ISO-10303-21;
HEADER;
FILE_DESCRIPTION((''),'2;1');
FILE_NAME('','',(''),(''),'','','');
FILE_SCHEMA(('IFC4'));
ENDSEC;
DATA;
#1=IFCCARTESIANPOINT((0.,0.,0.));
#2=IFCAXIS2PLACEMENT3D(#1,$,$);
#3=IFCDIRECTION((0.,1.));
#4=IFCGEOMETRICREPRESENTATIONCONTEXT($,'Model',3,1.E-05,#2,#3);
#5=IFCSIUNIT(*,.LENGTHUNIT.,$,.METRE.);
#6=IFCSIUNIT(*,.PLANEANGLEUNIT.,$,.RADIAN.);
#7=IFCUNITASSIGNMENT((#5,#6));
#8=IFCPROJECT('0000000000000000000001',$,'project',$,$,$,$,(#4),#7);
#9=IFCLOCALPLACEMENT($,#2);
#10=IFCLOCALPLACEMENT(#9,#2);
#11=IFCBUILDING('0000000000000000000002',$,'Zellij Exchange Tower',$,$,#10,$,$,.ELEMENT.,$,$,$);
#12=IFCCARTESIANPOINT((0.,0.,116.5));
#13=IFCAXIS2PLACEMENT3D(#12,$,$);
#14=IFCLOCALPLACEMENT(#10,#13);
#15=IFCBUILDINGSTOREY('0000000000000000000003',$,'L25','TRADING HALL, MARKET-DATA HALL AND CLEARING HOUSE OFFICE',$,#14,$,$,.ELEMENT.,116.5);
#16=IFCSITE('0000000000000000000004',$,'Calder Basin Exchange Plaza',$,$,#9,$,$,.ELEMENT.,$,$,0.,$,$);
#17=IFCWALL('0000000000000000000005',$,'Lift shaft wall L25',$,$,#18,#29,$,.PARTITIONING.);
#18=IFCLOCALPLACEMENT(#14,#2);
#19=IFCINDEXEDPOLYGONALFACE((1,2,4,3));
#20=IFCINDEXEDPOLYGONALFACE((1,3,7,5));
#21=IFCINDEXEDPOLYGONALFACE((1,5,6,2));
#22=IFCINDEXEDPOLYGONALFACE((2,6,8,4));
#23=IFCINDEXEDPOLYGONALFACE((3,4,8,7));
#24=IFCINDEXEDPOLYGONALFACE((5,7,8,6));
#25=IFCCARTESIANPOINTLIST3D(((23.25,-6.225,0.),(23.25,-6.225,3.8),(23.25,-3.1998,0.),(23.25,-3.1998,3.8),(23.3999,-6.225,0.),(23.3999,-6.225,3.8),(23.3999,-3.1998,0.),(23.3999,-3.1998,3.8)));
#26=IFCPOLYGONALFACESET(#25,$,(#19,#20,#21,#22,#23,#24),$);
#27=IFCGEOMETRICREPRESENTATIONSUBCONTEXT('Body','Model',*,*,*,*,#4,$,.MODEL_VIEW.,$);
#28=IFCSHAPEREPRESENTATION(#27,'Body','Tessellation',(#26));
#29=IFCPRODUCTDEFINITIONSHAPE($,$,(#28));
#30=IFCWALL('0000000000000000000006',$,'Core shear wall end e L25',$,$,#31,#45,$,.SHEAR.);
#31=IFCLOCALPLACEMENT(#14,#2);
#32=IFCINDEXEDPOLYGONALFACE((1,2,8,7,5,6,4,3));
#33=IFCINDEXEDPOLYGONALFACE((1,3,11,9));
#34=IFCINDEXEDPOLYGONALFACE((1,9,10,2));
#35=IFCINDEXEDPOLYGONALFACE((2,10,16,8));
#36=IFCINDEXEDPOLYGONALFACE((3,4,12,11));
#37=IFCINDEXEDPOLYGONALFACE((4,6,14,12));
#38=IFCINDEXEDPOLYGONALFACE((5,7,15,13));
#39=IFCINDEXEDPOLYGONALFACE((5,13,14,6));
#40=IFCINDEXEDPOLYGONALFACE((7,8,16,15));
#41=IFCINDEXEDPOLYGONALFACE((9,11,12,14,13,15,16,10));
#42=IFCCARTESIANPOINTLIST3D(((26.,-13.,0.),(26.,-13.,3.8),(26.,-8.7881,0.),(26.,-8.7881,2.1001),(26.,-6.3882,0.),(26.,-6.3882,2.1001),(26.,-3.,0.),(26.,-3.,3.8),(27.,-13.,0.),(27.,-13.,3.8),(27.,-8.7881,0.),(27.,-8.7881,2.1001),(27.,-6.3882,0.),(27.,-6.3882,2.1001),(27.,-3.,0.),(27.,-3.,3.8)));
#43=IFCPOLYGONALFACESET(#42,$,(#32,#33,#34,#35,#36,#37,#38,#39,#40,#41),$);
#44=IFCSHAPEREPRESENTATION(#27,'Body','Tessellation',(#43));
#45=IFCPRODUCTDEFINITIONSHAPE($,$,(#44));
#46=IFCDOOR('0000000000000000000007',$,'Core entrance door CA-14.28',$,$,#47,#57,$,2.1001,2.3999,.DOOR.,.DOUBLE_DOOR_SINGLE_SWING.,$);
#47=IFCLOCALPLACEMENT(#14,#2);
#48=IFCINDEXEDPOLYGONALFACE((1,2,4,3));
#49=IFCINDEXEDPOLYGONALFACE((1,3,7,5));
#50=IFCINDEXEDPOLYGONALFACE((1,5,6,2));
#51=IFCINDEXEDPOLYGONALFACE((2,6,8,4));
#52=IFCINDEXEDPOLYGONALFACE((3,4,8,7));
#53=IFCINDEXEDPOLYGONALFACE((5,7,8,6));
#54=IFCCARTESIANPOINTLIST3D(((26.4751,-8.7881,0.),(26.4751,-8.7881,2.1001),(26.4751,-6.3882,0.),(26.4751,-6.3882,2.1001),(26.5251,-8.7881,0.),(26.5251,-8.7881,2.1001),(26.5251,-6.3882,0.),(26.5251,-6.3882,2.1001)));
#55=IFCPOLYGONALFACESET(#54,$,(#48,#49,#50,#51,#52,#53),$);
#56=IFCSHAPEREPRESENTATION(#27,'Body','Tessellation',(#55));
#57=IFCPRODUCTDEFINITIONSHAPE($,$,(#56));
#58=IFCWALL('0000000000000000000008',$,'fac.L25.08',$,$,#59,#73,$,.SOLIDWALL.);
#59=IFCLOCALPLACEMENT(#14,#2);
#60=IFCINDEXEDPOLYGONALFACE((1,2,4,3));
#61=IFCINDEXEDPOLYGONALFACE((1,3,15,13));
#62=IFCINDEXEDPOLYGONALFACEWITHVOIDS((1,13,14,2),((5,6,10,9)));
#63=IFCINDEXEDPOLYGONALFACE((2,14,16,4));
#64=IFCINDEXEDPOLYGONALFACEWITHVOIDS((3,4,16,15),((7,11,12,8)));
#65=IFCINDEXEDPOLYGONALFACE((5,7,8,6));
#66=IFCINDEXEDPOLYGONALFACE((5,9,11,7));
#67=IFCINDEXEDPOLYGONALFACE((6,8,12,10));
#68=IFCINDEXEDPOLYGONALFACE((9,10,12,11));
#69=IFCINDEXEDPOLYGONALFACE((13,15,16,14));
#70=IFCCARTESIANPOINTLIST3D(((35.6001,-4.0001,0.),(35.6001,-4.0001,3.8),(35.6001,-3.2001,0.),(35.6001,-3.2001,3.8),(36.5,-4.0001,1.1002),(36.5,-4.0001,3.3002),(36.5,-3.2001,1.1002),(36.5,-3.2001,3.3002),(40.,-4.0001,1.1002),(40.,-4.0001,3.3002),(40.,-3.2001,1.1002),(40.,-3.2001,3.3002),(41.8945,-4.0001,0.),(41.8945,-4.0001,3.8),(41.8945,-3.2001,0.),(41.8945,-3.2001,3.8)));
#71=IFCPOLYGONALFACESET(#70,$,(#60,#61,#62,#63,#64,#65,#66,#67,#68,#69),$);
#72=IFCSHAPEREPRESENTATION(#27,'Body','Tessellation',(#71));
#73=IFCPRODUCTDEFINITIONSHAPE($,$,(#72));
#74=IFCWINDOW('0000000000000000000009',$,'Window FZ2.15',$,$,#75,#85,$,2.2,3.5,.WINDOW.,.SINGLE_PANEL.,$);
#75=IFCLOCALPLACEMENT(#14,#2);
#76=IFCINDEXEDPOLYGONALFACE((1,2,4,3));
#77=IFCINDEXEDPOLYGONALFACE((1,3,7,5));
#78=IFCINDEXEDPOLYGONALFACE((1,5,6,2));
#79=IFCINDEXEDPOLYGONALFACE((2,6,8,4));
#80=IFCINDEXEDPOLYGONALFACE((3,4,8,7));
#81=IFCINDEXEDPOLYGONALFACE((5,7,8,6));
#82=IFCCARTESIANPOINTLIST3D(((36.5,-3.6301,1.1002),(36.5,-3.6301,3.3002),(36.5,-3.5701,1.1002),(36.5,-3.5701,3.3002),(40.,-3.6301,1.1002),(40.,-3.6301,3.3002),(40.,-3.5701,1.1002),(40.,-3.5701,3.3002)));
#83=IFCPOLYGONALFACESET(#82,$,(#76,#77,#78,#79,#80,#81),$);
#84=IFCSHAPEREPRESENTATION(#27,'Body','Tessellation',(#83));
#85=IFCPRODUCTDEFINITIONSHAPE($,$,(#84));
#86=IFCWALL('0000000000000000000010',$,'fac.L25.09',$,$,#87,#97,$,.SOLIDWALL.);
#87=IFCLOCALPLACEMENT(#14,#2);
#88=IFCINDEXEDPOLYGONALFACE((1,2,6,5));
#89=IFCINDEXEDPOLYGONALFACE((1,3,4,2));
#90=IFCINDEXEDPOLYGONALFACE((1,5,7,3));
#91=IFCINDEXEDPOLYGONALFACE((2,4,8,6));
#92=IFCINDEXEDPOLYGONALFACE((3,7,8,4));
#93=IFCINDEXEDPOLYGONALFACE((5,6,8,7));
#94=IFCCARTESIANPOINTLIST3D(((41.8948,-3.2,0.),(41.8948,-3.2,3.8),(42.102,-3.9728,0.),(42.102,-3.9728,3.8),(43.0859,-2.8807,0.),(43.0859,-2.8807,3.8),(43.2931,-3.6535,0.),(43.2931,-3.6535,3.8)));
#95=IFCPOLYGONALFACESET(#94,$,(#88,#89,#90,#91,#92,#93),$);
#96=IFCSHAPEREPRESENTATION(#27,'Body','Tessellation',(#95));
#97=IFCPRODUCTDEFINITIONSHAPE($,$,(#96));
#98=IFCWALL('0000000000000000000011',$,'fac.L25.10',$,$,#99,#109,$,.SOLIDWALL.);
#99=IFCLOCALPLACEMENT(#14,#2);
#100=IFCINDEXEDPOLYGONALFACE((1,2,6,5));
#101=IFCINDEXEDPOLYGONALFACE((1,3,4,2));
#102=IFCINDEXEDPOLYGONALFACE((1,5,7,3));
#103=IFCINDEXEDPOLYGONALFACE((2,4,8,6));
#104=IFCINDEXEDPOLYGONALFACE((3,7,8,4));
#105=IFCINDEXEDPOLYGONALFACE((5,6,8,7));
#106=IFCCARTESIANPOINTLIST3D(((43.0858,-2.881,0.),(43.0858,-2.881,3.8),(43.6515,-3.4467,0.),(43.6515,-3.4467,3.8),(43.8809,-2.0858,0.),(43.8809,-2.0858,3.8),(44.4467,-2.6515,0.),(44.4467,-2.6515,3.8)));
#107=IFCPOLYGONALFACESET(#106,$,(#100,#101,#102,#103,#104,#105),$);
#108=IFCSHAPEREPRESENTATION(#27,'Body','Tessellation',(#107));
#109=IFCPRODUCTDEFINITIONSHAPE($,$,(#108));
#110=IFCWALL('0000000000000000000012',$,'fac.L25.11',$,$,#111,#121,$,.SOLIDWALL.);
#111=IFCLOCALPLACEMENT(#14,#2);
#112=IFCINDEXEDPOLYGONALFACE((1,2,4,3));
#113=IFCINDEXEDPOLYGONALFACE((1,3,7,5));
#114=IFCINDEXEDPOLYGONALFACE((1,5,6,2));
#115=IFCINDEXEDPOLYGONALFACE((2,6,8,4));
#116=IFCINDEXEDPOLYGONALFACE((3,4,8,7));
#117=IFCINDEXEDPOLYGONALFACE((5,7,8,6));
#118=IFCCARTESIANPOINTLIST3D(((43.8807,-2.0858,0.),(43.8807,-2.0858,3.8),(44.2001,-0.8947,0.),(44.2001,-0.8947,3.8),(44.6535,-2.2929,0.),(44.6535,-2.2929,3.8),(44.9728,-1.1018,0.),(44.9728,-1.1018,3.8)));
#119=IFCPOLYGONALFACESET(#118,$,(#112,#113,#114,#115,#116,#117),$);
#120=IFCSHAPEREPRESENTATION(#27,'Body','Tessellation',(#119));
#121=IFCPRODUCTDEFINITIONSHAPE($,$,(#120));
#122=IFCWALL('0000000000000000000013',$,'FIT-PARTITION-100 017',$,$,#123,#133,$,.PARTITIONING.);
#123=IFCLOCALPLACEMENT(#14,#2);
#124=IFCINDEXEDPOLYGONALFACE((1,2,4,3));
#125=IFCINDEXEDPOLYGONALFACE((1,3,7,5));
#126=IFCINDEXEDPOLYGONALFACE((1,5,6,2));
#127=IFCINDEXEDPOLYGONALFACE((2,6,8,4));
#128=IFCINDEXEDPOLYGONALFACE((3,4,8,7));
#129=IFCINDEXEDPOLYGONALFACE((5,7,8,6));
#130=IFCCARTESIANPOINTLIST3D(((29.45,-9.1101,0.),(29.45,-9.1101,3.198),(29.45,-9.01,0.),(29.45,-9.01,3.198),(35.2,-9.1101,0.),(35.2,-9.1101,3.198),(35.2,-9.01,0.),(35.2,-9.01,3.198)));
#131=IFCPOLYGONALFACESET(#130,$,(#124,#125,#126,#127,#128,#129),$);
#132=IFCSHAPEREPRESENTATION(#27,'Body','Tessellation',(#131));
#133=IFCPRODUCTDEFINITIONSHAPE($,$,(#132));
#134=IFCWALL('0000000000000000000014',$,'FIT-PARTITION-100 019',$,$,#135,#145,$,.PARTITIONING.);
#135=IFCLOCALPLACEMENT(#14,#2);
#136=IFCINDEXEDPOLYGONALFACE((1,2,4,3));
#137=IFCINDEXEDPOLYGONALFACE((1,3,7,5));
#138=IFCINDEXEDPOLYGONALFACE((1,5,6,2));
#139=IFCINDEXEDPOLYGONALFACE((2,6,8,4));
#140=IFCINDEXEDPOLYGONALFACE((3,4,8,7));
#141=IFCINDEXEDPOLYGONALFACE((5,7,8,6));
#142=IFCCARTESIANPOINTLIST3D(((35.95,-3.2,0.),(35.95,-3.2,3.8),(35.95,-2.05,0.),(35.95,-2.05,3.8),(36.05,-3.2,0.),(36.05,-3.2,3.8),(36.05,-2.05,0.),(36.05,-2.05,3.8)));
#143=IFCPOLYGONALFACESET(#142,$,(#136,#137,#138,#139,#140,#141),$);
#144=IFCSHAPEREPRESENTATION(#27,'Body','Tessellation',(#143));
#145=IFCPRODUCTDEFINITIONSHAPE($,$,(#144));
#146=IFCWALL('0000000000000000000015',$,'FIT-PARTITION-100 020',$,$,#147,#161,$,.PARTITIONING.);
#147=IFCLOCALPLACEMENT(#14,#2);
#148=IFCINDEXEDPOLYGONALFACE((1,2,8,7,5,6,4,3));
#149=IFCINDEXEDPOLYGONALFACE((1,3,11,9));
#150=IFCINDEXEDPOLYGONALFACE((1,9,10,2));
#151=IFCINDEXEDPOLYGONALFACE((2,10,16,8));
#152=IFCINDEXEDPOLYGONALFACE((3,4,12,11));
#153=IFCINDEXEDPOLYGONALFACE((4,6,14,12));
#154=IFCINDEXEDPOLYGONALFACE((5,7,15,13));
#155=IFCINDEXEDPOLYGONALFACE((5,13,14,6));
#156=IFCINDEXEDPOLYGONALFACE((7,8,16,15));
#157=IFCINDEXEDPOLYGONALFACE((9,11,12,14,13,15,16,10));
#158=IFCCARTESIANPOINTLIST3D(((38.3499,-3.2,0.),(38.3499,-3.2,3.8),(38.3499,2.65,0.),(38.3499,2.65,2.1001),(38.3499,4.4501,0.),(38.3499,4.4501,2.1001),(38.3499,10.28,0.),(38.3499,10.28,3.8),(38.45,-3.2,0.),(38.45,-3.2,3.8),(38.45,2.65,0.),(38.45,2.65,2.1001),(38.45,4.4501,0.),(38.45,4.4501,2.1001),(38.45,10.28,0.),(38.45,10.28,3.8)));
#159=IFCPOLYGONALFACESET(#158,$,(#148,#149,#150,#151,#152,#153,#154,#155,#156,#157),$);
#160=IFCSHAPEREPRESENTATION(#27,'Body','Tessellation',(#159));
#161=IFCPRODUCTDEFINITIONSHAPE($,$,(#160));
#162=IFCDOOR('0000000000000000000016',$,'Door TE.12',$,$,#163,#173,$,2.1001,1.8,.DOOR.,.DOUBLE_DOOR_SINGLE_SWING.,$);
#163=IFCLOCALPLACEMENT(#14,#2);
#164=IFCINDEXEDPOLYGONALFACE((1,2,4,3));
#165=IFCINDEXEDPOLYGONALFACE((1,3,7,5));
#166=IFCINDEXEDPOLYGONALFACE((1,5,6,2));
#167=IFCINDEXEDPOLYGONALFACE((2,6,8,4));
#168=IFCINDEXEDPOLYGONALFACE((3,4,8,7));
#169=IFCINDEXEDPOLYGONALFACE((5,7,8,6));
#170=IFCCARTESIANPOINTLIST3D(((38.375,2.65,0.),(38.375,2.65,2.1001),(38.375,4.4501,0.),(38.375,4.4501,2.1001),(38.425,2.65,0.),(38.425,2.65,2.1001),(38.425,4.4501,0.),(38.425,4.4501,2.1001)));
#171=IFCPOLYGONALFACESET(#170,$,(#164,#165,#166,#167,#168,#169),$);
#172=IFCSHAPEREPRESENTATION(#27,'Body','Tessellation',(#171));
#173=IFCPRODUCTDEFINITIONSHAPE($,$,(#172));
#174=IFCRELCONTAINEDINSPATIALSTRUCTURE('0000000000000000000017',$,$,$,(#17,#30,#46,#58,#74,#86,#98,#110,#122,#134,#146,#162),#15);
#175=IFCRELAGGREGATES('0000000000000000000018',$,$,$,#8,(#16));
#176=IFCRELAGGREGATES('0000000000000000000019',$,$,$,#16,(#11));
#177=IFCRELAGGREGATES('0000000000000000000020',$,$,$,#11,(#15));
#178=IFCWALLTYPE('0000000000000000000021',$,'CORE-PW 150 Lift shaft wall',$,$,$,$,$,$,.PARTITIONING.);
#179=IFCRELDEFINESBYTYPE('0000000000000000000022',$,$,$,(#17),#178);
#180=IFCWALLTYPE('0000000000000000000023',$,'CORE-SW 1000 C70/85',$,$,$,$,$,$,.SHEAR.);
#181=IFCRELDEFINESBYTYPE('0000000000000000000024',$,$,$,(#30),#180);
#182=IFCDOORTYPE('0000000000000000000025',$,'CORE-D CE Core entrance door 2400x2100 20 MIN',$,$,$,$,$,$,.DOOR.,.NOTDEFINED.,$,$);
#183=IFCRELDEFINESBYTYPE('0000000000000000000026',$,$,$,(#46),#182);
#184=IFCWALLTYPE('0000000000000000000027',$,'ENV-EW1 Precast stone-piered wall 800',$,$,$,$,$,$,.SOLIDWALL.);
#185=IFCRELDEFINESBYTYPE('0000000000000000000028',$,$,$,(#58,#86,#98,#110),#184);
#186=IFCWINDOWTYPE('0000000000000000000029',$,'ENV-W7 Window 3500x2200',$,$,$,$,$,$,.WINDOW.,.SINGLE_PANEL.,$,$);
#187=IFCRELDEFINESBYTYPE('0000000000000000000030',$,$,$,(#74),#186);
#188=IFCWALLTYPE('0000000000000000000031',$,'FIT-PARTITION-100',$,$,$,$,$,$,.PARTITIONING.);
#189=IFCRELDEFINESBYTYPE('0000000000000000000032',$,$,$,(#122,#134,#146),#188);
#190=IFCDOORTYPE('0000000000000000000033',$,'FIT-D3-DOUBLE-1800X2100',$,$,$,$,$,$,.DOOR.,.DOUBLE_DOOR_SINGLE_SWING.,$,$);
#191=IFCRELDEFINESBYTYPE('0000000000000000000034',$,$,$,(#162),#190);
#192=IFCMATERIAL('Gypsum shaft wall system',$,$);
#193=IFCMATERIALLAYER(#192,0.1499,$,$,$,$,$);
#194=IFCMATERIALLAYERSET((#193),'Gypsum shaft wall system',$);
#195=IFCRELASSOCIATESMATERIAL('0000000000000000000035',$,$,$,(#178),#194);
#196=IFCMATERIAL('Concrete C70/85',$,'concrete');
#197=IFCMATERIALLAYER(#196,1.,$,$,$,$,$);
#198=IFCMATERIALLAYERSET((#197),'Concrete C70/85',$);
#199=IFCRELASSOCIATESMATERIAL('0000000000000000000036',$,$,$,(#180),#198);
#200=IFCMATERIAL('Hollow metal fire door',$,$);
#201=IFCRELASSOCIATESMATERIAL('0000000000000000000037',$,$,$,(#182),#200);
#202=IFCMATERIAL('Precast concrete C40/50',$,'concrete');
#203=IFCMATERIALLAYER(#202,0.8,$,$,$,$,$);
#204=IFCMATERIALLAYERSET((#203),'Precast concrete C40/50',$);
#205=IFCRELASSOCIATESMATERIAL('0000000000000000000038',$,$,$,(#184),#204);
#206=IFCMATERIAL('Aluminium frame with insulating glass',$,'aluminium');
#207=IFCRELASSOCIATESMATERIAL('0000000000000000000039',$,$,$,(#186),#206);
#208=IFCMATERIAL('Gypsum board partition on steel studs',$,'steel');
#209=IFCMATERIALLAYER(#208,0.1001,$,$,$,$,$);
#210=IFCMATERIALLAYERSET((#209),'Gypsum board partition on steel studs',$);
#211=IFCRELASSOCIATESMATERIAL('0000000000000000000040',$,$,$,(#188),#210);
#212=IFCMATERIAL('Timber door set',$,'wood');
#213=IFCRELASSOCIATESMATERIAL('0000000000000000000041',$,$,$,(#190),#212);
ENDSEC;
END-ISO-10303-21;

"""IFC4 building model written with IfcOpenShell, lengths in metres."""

from ifc_helpers import new_model, si_unit, direction, frame, frame_2d, origin, place, context, subcontext, project, spatial, rectangle, extrude, material, layer, layer_set, type_object, element, fill, save


model = new_model("IFC4")

# Units and contexts
model_context = context("Model", 3, precision=1e-05, world=origin(), true_north=direction((0.0, 1.0)))
body_context = subcontext(model_context, "Body", "Model", "MODEL_VIEW")
ifc_project = project(units=[si_unit("LENGTHUNIT", "METRE"), si_unit("PLANEANGLEUNIT", "RADIAN")], contexts=[model_context])

# Site, building, storey
site_placement = place(None, origin())
site = spatial("IfcSite", under=ifc_project, at=site_placement, Name="Calder Basin Exchange Plaza", CompositionType="ELEMENT", RefElevation=0.0)
building_placement = place(site_placement, origin())
building = spatial("IfcBuilding", under=site, at=building_placement, Name="Zellij Exchange Tower", CompositionType="ELEMENT")
storey_placement = place(building_placement, frame((0.0, 0.0, 116.5)))
storey = spatial("IfcBuildingStorey", under=building, at=storey_placement, Name="L25", Description="TRADING HALL, MARKET-DATA HALL AND CLEARING HOUSE OFFICE", CompositionType="ELEMENT", Elevation=116.5)

# Shared definitions
ifc_material_1 = material(Name="Concrete C70/85", Category="concrete")

# Wall
ifc_material_2 = material(Name="Gypsum shaft wall system")
ifc_layer_1 = layer(ifc_material_2, 0.1499)
ifc_layer_set_1 = layer_set([ifc_layer_1], Name="Gypsum shaft wall system")
wall_type_1 = type_object("IfcWallType", Name="CORE-PW 150 Lift shaft wall", PredefinedType="PARTITIONING", material=ifc_layer_set_1)
wall_1_placement = place(storey_placement, frame((23.325, -6.2251, 0.0), z_axis=(0.0, 0.0, 1.0), x_axis=(0.0, 1.0, 0.0)))
element("IfcWall", 1, at=wall_1_placement, inside=storey, type_object=wall_type_1, Name="Lift shaft wall L25", PredefinedType="PARTITIONING", context=body_context, shape_type="SweptSolid", body=[
    extrude(rectangle(XDim=3.0251, YDim=0.1499, at=frame_2d((1.5127, 0.0))), origin(), (0.0, 0.0, 1.0), 3.8),
])

# Wall, opening, door
ifc_layer_2 = layer(ifc_material_1, 1.0)
ifc_layer_set_2 = layer_set([ifc_layer_2], Name="Concrete C70/85")
wall_type_2 = type_object("IfcWallType", Name="CORE-SW 1000 C70/85", PredefinedType="SHEAR", material=ifc_layer_set_2)
wall_2_placement = place(storey_placement, frame((26.5, -13.0, 0.0), z_axis=(0.0, 0.0, 1.0), x_axis=(0.0, 1.0, 0.0)))
wall_2 = element("IfcWall", 2, at=wall_2_placement, inside=storey, type_object=wall_type_2, Name="Core shear wall end e L25", PredefinedType="SHEAR", context=body_context, shape_type="SweptSolid", body=[
    extrude(rectangle(XDim=10.0, YDim=1.0, at=frame_2d((5.0, 0.0))), origin(), (0.0, 0.0, 1.0), 3.8),
])
opening_1_placement = place(wall_2_placement, frame((4.2119, 0.0, 0.0)))
opening_1 = element("IfcOpeningElement", 3, at=opening_1_placement, cuts=wall_2, PredefinedType="OPENING", context=body_context, shape_type="SweptSolid", body=[
    extrude(rectangle(XDim=2.3999, YDim=2.1001, at=frame_2d((1.2, 1.05))), frame((0.0, 0.512, 0.0), z_axis=(0.0, -1.0, 0.0), x_axis=(1.0, 0.0, 0.0)), (0.0, 0.0, 1.0), 1.0239),
])
ifc_material_3 = material(Name="Hollow metal fire door")
door_type_1 = type_object("IfcDoorType", Name="CORE-D CE Core entrance door 2400x2100 20 MIN", OperationType="NOTDEFINED", PredefinedType="DOOR", material=ifc_material_3)
door_1_placement = place(opening_1_placement, origin())
door_1 = element("IfcDoor", 4, at=door_1_placement, inside=storey, type_object=door_type_1, Name="Core entrance door CA-14.28", OperationType="DOUBLE_DOOR_SINGLE_SWING", OverallHeight=2.1001, OverallWidth=2.3999, PredefinedType="DOOR", context=body_context, shape_type="SweptSolid", body=[
    extrude(rectangle(XDim=2.3999, YDim=2.1001, at=frame_2d((1.2, 1.05))), frame((0.0, 0.0249, 0.0), z_axis=(0.0, -1.0, 0.0), x_axis=(1.0, 0.0, 0.0)), (0.0, 0.0, 1.0), 0.05),
])
fill(opening_1, door_1)

# Wall, opening, window
ifc_material_4 = material(Name="Precast concrete C40/50", Category="concrete")
ifc_layer_3 = layer(ifc_material_4, 0.8)
ifc_layer_set_3 = layer_set([ifc_layer_3], Name="Precast concrete C40/50")
wall_type_3 = type_object("IfcWallType", Name="ENV-EW1 Precast stone-piered wall 800", PredefinedType="SOLIDWALL", material=ifc_layer_set_3)
wall_3_placement = place(storey_placement, frame((35.6001, -3.6001, 0.0), z_axis=(0.0, 0.0, 1.0), x_axis=(1.0, 0.0, 0.0)))
wall_3 = element("IfcWall", 5, at=wall_3_placement, inside=storey, type_object=wall_type_3, Name="fac.L25.08", PredefinedType="SOLIDWALL", context=body_context, shape_type="SweptSolid", body=[
    extrude(rectangle(XDim=6.2944, YDim=0.8, at=frame_2d((3.1472, 0.0))), origin(), (0.0, 0.0, 1.0), 3.8),
])
opening_2_placement = place(wall_3_placement, frame((0.8999, 0.0, 1.1001)))
opening_2 = element("IfcOpeningElement", 6, at=opening_2_placement, cuts=wall_3, PredefinedType="OPENING", context=body_context, shape_type="SweptSolid", body=[
    extrude(rectangle(XDim=3.5, YDim=2.2, at=frame_2d((1.75, 1.1001))), frame((0.0, 0.4121, 0.0), z_axis=(0.0, -1.0, 0.0), x_axis=(1.0, 0.0, 0.0)), (0.0, 0.0, 1.0), 0.824),
])
ifc_material_5 = material(Name="Aluminium frame with insulating glass", Category="aluminium")
window_type = type_object("IfcWindowType", Name="ENV-W7 Window 3500x2200", PartitioningType="SINGLE_PANEL", PredefinedType="WINDOW", material=ifc_material_5)
window_placement = place(opening_2_placement, origin())
window = element("IfcWindow", 7, at=window_placement, inside=storey, type_object=window_type, Name="Window FZ2.15", OverallHeight=2.2, OverallWidth=3.5, PartitioningType="SINGLE_PANEL", PredefinedType="WINDOW", context=body_context, shape_type="SweptSolid", body=[
    extrude(rectangle(XDim=3.5, YDim=2.2, at=frame_2d((1.75, 1.1001))), frame((0.0, 0.03, 0.0), z_axis=(0.0, -1.0, 0.0), x_axis=(1.0, 0.0, 0.0)), (0.0, 0.0, 1.0), 0.0601),
])
fill(opening_2, window)

# Walls
wall_4_placement = place(storey_placement, frame((41.9983, -3.5864, 0.0), z_axis=(0.0, 0.0, 1.0), x_axis=(0.965892, 0.258944, 0.0)))
element("IfcWall", 8, at=wall_4_placement, inside=storey, type_object=wall_type_3, Name="fac.L25.09", PredefinedType="SOLIDWALL", context=body_context, shape_type="SweptSolid", body=[
    extrude(rectangle(XDim=1.2332, YDim=0.8, at=frame_2d((0.6167, 0.0))), origin(), (0.0, 0.0, 1.0), 3.8),
])
wall_5_placement = place(storey_placement, frame((43.3687, -3.1638, 0.0), z_axis=(0.0, 0.0, 1.0), x_axis=(0.707107, 0.707107, 0.0)))
element("IfcWall", 9, at=wall_5_placement, inside=storey, type_object=wall_type_3, Name="fac.L25.10", PredefinedType="SOLIDWALL", context=body_context, shape_type="SweptSolid", body=[
    extrude(rectangle(XDim=1.1245, YDim=0.8, at=frame_2d((0.5623, 0.0))), origin(), (0.0, 0.0, 1.0), 3.8),
])
wall_6_placement = place(storey_placement, frame((44.2671, -2.1895, 0.0), z_axis=(0.0, 0.0, 1.0), x_axis=(0.258944, 0.965892, 0.0)))
element("IfcWall", 10, at=wall_6_placement, inside=storey, type_object=wall_type_3, Name="fac.L25.11", PredefinedType="SOLIDWALL", context=body_context, shape_type="SweptSolid", body=[
    extrude(rectangle(XDim=1.2332, YDim=0.8, at=frame_2d((0.6167, 0.0))), origin(), (0.0, 0.0, 1.0), 3.8),
])
ifc_material_6 = material(Name="Gypsum board partition on steel studs", Category="steel")
ifc_layer_4 = layer(ifc_material_6, 0.1001)
ifc_layer_set_4 = layer_set([ifc_layer_4], Name="Gypsum board partition on steel studs")
wall_type_4 = type_object("IfcWallType", Name="FIT-PARTITION-100", PredefinedType="PARTITIONING", material=ifc_layer_set_4)
wall_7_placement = place(storey_placement, frame((29.45, -9.0601, 0.0), z_axis=(0.0, 0.0, 1.0), x_axis=(1.0, 0.0, 0.0)))
element("IfcWall", 11, at=wall_7_placement, inside=storey, type_object=wall_type_4, Name="FIT-PARTITION-100 017", PredefinedType="PARTITIONING", context=body_context, shape_type="SweptSolid", body=[
    extrude(rectangle(XDim=5.75, YDim=0.1001, at=frame_2d((2.875, 0.0))), origin(), (0.0, 0.0, 1.0), 3.198),
])
wall_8_placement = place(storey_placement, frame((36.0, -3.2, 0.0), z_axis=(0.0, 0.0, 1.0), x_axis=(0.0, 1.0, 0.0)))
element("IfcWall", 12, at=wall_8_placement, inside=storey, type_object=wall_type_4, Name="FIT-PARTITION-100 019", PredefinedType="PARTITIONING", context=body_context, shape_type="SweptSolid", body=[
    extrude(rectangle(XDim=1.1499, YDim=0.1001, at=frame_2d((0.575, 0.0))), origin(), (0.0, 0.0, 1.0), 3.8),
])

# Wall, opening, door
wall_9_placement = place(storey_placement, frame((38.3999, -3.2, 0.0), z_axis=(0.0, 0.0, 1.0), x_axis=(0.0, 1.0, 0.0)))
wall_9 = element("IfcWall", 13, at=wall_9_placement, inside=storey, type_object=wall_type_4, Name="FIT-PARTITION-100 020", PredefinedType="PARTITIONING", context=body_context, shape_type="SweptSolid", body=[
    extrude(rectangle(XDim=13.48, YDim=0.1001, at=frame_2d((6.74, 0.0))), origin(), (0.0, 0.0, 1.0), 3.8),
])
opening_3_placement = place(wall_9_placement, frame((5.8501, 0.0, 0.0)))
opening_3 = element("IfcOpeningElement", 14, at=opening_3_placement, cuts=wall_9, PredefinedType="OPENING", context=body_context, shape_type="SweptSolid", body=[
    extrude(rectangle(XDim=1.8, YDim=2.1001, at=frame_2d((0.8999, 1.05))), frame((0.0, 0.062, 0.0), z_axis=(0.0, -1.0, 0.0), x_axis=(1.0, 0.0, 0.0)), (0.0, 0.0, 1.0), 0.124),
])
ifc_material_7 = material(Name="Timber door set", Category="wood")
door_type_2 = type_object("IfcDoorType", Name="FIT-D3-DOUBLE-1800X2100", OperationType="DOUBLE_DOOR_SINGLE_SWING", PredefinedType="DOOR", material=ifc_material_7)
door_2_placement = place(opening_3_placement, origin())
door_2 = element("IfcDoor", 15, at=door_2_placement, inside=storey, type_object=door_type_2, Name="Door TE.12", OperationType="DOUBLE_DOOR_SINGLE_SWING", OverallHeight=2.1001, OverallWidth=1.8, PredefinedType="DOOR", context=body_context, shape_type="SweptSolid", body=[
    extrude(rectangle(XDim=1.8, YDim=2.1001, at=frame_2d((0.8999, 1.05))), frame((0.0, 0.0249, 0.0), z_axis=(0.0, -1.0, 0.0), x_axis=(1.0, 0.0, 0.0)), (0.0, 0.0, 1.0), 0.05),
])
fill(opening_3, door_2)

save(model, "model.ifc")
